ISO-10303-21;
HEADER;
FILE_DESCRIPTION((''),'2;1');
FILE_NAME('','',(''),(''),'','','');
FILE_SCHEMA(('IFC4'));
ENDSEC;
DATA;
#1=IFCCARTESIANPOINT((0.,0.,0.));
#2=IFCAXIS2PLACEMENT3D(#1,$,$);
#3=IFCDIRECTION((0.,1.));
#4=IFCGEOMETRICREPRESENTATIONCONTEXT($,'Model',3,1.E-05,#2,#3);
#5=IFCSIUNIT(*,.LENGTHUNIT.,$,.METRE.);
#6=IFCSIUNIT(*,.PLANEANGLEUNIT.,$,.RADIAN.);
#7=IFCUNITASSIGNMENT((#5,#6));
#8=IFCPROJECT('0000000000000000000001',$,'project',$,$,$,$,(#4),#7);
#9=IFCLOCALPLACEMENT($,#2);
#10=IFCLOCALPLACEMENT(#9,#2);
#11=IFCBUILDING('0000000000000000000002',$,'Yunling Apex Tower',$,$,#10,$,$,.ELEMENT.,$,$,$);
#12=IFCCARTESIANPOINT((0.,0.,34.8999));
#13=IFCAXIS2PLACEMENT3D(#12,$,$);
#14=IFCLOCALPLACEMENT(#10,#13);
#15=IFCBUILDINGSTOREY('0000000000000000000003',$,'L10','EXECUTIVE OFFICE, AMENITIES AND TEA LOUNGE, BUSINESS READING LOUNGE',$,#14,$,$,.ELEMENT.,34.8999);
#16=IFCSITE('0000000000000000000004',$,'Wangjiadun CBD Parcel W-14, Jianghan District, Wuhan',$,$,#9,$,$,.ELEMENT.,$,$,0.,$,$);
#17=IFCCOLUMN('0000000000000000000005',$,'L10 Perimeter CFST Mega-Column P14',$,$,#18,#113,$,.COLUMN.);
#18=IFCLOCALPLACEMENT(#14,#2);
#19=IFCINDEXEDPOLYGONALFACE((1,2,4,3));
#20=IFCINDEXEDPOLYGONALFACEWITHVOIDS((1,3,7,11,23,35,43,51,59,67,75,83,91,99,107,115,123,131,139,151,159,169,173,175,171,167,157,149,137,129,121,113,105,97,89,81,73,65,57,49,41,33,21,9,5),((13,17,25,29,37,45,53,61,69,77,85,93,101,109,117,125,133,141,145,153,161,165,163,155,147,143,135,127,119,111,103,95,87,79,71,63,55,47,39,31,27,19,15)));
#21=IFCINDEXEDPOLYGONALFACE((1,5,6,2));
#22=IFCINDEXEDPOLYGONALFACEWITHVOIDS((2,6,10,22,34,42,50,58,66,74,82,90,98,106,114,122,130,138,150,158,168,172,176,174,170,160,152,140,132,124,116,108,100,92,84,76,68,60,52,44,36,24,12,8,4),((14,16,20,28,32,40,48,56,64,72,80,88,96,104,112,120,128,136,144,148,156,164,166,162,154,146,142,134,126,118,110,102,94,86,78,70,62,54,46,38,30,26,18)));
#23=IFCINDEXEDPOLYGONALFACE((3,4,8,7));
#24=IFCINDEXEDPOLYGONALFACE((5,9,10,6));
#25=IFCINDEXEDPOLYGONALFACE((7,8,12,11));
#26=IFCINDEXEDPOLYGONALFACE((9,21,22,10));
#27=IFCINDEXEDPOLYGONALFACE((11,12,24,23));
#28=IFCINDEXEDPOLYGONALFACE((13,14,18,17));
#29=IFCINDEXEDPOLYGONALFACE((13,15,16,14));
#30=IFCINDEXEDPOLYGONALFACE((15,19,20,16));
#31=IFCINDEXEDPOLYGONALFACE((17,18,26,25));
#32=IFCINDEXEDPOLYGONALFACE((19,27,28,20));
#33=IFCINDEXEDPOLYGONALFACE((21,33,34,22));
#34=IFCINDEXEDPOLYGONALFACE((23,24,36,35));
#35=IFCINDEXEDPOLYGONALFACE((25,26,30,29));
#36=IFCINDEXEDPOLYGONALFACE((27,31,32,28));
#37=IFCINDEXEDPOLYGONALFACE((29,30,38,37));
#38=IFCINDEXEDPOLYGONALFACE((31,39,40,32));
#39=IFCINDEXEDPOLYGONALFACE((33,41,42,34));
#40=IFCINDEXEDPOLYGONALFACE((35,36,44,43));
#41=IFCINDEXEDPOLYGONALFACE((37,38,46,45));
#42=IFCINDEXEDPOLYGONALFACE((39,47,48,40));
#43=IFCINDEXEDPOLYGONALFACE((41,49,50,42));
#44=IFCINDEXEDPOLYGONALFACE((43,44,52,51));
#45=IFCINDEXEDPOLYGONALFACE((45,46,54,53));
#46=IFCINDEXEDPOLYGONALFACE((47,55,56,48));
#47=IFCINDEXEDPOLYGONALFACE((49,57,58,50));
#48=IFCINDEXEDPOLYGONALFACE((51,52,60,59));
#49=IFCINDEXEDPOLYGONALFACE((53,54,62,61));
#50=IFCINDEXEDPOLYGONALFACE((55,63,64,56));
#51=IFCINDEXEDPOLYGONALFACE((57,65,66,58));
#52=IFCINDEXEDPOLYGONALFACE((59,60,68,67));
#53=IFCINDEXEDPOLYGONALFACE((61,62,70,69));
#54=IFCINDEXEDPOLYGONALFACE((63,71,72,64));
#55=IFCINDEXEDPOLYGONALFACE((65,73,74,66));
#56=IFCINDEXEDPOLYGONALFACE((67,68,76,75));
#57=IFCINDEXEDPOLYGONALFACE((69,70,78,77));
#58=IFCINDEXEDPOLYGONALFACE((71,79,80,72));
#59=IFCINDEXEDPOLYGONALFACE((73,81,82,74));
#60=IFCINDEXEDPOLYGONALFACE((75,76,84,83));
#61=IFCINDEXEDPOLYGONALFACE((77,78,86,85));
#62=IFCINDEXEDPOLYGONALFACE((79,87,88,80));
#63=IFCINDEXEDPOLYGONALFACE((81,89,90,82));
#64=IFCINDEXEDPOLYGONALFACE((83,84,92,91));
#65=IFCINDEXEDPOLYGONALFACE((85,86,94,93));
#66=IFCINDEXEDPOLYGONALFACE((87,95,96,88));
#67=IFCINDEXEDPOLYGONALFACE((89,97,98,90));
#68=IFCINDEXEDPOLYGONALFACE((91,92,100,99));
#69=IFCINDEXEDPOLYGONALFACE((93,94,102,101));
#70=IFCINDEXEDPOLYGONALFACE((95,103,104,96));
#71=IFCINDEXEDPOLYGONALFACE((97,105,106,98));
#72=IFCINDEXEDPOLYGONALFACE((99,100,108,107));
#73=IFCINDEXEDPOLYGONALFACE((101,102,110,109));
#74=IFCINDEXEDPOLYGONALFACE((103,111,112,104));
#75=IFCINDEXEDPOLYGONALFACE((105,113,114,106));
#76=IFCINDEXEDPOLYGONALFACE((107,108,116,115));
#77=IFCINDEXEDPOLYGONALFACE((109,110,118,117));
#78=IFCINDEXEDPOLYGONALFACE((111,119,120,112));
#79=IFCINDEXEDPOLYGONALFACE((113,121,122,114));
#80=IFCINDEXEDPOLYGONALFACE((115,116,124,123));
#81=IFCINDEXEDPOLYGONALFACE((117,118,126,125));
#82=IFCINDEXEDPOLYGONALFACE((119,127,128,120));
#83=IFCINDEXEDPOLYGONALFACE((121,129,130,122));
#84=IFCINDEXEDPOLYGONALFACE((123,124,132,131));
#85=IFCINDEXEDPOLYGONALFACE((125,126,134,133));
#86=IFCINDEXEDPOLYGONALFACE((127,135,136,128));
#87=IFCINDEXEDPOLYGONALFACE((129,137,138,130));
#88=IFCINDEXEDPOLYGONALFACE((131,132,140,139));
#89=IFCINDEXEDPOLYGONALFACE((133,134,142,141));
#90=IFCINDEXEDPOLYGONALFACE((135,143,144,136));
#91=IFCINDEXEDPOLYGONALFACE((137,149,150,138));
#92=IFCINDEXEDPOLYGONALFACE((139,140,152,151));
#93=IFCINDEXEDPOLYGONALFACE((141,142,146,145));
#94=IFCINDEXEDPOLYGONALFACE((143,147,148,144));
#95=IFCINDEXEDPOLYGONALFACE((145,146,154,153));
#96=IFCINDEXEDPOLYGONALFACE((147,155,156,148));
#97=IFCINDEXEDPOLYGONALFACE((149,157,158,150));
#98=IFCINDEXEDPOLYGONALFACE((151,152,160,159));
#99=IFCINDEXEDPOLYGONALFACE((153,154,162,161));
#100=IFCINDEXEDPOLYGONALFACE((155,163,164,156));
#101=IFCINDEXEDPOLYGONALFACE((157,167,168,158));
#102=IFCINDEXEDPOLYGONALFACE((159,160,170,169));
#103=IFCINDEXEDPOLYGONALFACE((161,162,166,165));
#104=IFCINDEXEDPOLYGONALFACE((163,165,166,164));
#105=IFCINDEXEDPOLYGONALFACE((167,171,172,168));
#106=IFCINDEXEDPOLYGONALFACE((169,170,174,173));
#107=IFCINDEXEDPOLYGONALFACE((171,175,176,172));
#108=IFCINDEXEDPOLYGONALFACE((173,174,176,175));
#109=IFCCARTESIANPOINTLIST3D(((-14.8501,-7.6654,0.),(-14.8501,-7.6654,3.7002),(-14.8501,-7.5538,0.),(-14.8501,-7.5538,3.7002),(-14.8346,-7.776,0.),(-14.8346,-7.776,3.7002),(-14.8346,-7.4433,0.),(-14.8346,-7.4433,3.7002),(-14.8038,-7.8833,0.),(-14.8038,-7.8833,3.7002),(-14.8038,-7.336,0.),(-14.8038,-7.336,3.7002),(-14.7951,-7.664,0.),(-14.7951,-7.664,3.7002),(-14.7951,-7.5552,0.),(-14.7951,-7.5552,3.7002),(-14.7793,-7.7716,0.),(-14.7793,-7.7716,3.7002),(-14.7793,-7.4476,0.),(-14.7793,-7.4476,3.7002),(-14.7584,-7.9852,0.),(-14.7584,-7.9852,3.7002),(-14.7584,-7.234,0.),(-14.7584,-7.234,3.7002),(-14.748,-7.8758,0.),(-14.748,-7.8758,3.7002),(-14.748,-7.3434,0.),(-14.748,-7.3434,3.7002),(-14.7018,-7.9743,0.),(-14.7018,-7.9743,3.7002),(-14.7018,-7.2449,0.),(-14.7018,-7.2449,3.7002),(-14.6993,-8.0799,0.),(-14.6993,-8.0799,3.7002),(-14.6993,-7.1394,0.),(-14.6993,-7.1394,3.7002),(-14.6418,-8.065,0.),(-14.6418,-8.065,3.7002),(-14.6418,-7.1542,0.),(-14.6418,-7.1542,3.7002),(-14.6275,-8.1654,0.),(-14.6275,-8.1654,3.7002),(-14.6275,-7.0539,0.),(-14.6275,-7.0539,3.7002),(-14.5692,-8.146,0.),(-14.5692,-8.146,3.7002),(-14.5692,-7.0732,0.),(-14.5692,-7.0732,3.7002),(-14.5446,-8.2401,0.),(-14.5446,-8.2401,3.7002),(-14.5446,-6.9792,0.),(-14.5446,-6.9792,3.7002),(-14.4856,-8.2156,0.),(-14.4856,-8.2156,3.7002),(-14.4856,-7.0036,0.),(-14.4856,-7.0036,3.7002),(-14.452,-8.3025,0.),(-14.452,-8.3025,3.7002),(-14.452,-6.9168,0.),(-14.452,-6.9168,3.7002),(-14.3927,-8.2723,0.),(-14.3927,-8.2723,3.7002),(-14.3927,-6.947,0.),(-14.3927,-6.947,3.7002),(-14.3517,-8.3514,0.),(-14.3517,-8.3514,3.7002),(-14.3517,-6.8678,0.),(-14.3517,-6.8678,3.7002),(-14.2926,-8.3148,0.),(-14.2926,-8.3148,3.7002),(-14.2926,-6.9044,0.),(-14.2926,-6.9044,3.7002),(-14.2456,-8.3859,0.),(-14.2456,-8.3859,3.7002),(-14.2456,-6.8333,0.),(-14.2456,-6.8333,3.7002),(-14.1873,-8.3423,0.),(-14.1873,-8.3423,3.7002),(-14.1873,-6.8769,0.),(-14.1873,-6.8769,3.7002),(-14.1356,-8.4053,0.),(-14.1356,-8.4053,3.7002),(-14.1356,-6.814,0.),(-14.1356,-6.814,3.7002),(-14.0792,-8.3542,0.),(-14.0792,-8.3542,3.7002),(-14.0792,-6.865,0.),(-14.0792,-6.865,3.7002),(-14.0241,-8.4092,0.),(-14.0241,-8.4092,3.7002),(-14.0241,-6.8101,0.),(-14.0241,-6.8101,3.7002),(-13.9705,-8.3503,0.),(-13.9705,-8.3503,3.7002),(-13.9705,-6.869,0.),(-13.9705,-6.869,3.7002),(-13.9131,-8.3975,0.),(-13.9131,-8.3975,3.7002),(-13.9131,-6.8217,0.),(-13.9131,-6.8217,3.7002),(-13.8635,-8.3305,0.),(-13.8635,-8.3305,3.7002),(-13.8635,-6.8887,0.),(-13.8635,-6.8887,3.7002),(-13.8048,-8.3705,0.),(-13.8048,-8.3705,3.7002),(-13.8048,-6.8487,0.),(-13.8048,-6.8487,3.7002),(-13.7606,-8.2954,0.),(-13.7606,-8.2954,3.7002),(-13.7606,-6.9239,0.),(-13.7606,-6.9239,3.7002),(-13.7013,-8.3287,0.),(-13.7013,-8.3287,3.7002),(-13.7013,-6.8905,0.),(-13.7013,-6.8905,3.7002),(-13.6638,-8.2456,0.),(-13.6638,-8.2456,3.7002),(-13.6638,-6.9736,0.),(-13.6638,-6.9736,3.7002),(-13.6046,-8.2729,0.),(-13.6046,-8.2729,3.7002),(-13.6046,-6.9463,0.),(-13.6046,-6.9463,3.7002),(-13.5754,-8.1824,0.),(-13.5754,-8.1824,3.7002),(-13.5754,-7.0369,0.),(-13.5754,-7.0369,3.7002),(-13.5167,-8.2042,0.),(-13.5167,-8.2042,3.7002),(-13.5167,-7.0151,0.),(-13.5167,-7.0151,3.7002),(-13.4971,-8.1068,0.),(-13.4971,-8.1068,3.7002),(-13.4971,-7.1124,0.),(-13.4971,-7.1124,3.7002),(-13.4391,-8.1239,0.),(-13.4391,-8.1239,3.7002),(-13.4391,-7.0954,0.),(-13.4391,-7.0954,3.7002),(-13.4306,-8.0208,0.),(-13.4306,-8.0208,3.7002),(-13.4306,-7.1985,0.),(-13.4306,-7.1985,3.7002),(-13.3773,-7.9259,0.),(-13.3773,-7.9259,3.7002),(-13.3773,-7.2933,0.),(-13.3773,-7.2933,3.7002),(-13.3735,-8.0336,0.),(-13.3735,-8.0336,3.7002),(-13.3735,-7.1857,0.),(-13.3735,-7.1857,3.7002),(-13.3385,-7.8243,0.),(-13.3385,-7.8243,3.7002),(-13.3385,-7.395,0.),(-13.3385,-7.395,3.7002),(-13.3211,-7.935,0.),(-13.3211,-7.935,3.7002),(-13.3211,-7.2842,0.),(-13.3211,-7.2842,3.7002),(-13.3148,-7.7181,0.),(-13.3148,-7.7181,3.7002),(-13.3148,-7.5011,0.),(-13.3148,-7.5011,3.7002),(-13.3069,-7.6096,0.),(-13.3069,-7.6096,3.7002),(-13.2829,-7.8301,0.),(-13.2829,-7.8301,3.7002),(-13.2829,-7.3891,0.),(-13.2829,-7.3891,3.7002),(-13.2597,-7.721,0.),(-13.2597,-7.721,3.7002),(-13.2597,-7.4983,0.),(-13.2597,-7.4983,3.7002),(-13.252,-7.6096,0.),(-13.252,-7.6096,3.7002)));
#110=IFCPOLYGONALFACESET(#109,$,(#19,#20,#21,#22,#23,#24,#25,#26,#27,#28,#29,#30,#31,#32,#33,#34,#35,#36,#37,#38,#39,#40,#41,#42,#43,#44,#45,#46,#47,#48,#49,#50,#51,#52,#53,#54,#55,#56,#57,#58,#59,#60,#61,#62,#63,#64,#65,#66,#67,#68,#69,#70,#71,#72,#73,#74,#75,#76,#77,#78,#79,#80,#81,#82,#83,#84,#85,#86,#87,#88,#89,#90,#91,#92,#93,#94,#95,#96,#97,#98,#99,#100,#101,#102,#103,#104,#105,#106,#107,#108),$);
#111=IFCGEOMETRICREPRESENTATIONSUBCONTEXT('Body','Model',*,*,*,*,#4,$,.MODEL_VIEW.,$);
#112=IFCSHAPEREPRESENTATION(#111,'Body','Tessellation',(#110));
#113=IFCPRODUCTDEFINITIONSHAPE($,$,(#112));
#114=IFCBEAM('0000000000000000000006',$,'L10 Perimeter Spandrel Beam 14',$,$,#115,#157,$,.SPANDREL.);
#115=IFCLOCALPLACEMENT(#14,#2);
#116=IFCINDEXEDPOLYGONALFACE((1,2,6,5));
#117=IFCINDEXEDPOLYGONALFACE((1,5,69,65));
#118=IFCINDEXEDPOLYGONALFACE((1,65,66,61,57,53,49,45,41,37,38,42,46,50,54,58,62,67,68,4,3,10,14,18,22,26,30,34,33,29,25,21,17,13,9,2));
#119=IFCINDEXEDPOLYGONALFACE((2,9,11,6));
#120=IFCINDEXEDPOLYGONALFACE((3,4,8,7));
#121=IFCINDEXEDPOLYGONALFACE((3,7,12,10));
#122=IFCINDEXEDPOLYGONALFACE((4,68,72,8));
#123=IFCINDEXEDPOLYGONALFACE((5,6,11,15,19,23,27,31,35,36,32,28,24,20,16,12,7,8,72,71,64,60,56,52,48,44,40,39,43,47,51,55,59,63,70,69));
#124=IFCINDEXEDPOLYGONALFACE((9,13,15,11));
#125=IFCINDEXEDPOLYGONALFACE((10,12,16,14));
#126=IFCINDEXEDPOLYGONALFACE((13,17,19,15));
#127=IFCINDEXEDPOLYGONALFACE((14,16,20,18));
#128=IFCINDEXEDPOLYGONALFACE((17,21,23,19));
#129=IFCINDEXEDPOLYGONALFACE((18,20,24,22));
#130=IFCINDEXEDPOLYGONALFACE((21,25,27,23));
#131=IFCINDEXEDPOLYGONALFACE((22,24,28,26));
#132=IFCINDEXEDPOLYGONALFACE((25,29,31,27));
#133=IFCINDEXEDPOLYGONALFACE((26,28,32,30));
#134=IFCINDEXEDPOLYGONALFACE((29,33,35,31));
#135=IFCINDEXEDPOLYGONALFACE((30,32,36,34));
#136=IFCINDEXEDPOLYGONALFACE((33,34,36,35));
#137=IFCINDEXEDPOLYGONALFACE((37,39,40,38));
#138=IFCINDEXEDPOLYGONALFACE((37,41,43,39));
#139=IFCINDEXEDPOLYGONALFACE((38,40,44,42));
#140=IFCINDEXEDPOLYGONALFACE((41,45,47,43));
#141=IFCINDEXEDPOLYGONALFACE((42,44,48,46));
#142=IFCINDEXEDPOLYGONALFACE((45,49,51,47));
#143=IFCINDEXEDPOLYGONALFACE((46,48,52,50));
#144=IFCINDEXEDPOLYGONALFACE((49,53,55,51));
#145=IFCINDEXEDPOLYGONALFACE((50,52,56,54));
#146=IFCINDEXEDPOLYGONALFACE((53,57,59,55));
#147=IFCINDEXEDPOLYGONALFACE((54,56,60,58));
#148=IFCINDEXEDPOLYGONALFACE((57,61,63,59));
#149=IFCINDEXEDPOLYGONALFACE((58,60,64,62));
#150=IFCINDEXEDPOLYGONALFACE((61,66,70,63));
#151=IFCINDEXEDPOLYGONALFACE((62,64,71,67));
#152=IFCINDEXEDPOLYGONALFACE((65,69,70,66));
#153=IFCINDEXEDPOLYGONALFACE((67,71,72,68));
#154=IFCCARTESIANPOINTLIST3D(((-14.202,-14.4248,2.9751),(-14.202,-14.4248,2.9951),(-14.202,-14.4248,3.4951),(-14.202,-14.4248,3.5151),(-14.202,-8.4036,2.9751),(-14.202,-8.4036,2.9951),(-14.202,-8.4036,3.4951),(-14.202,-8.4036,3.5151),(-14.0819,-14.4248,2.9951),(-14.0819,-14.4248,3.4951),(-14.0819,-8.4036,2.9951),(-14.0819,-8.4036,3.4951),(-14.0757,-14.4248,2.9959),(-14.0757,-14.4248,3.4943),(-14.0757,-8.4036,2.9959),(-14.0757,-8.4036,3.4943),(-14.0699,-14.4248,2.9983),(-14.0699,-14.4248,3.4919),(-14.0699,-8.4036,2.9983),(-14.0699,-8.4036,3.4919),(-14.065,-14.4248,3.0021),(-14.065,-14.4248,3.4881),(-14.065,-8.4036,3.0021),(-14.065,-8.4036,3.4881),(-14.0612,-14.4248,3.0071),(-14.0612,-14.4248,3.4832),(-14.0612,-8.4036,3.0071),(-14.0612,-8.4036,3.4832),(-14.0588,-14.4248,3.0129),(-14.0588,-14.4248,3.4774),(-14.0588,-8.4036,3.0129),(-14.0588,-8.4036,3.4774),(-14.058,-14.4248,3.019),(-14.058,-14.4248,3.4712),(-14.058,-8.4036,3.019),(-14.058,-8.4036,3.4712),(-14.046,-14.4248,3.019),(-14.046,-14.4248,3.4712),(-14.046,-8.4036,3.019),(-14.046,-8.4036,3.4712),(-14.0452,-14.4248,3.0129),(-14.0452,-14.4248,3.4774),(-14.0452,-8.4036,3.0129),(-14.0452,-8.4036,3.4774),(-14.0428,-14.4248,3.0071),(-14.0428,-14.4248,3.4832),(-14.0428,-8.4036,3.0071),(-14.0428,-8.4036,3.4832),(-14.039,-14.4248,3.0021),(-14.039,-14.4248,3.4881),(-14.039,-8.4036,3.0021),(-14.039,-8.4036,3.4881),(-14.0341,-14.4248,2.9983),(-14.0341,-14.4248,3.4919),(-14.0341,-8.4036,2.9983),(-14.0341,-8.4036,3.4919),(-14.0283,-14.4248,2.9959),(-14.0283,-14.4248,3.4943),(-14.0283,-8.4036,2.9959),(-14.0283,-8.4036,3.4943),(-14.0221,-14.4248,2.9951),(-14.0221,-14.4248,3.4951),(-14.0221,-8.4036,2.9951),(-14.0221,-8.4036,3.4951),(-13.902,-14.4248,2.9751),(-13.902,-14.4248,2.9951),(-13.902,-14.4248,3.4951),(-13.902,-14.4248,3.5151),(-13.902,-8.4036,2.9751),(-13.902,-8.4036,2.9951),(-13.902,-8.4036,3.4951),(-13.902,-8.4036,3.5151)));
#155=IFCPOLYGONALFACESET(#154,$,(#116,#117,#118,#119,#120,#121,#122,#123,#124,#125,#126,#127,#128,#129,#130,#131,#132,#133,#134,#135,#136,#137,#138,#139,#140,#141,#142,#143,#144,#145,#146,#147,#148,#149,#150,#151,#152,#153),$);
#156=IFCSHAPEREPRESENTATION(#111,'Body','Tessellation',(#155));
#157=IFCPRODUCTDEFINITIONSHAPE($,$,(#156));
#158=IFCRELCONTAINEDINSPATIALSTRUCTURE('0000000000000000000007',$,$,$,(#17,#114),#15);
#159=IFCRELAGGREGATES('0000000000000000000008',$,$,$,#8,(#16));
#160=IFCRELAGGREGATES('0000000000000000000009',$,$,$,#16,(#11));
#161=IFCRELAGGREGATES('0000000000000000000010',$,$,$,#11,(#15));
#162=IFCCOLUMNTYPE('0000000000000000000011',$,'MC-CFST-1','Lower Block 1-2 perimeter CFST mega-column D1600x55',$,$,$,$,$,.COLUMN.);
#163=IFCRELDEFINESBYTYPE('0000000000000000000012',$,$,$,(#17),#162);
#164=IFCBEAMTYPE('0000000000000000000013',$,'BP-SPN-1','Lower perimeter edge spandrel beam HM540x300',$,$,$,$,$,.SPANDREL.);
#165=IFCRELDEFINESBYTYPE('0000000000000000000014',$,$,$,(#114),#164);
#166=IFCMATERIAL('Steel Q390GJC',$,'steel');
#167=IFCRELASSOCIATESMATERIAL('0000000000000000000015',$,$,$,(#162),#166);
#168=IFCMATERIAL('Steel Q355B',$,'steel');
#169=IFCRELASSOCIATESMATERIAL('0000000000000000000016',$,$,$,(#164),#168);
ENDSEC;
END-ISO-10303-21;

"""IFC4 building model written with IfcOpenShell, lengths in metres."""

from ifc_helpers import new_model, si_unit, direction, frame, origin, origin_2d, place, context, subcontext, project, spatial, hollow_circle, i_section, extrude, source, transform, mapped, material, material_profile, profile_set, type_object, element, save


model = new_model("IFC4")

# Units and contexts
model_context = context("Model", 3, precision=1e-05, world=origin(), true_north=direction((0.0, 1.0)))
body_context = subcontext(model_context, "Body", "Model", "MODEL_VIEW")
ifc_project = project(units=[si_unit("LENGTHUNIT", "METRE"), si_unit("PLANEANGLEUNIT", "RADIAN")], contexts=[model_context])

# Site, building, storey
site_placement = place(None, origin())
site = spatial("IfcSite", under=ifc_project, at=site_placement, Name="Wangjiadun CBD Parcel W-14, Jianghan District, Wuhan", CompositionType="ELEMENT", RefElevation=0.0)
building_placement = place(site_placement, origin())
building = spatial("IfcBuilding", under=site, at=building_placement, Name="Yunling Apex Tower", CompositionType="ELEMENT")
storey_placement = place(building_placement, frame((0.0, 0.0, 34.8999)))
storey = spatial("IfcBuildingStorey", under=building, at=storey_placement, Name="L10", Description="EXECUTIVE OFFICE, AMENITIES AND TEA LOUNGE, BUSINESS READING LOUNGE", CompositionType="ELEMENT", Elevation=34.8999)

# Column
ifc_material_1 = material(Name="Steel Q390GJC", Category="steel")
ifc_material_profile_1 = material_profile(ifc_material_1, hollow_circle(Radius=0.8, WallThickness=0.0549, at=origin_2d()))
ifc_profile_set_1 = profile_set([ifc_material_profile_1], Name="Steel Q390GJC")
column_type = type_object("IfcColumnType", Name="MC-CFST-1", Description="Lower Block 1-2 perimeter CFST mega-column D1600x55", PredefinedType="COLUMN", material=ifc_profile_set_1)
shared_shape_1 = source(origin(), body_context, "Body", "SweptSolid", [
    extrude(hollow_circle(Radius=0.8, WallThickness=0.0549, at=origin_2d()), origin(), (0.0, 0.0, 1.0), 3.7002),
])
column_placement = place(storey_placement, frame((-14.052, -7.6096, 0.0), z_axis=(0.0, 0.0, 1.0), x_axis=(1.0, 0.0, 0.0)))
element("IfcColumn", 1, at=column_placement, inside=storey, type_object=column_type, Name="L10 Perimeter CFST Mega-Column P14", PredefinedType="COLUMN", context=body_context, shape_type="MappedRepresentation", body=[
    mapped(shared_shape_1, transform((0.0, 0.0, 0.0), scale=1.0)),
])

# Beam
ifc_material_2 = material(Name="Steel Q355B", Category="steel")
ifc_material_profile_2 = material_profile(ifc_material_2, i_section(OverallWidth=0.3, OverallDepth=0.54, WebThickness=0.012, FlangeThickness=0.02, FilletRadius=0.0239, at=origin_2d()))
ifc_profile_set_2 = profile_set([ifc_material_profile_2], Name="Steel Q355B")
beam_type_1 = type_object("IfcBeamType", Name="BP-SPN-1", Description="Lower perimeter edge spandrel beam HM540x300", PredefinedType="SPANDREL", material=ifc_profile_set_2)
shared_shape_2 = source(origin(), body_context, "Body", "SweptSolid", [
    extrude(i_section(OverallWidth=0.3, OverallDepth=0.54, WebThickness=0.012, FlangeThickness=0.02, FilletRadius=0.0239, at=origin_2d()), origin(), (0.0, 0.0, 1.0), 6.0212),
])
beam_1_placement = place(storey_placement, frame((-14.052, -8.4036, 3.2451), z_axis=(0.0, -1.0, 0.0), x_axis=(1.0, 0.0, 0.0)))
element("IfcBeam", 2, at=beam_1_placement, inside=storey, type_object=beam_type_1, Name="L10 Perimeter Spandrel Beam 14", PredefinedType="SPANDREL", context=body_context, shape_type="MappedRepresentation", body=[
    mapped(shared_shape_2, transform((0.0, 0.0, 0.0), scale=1.0)),
])

save(model, "model.ifc")
